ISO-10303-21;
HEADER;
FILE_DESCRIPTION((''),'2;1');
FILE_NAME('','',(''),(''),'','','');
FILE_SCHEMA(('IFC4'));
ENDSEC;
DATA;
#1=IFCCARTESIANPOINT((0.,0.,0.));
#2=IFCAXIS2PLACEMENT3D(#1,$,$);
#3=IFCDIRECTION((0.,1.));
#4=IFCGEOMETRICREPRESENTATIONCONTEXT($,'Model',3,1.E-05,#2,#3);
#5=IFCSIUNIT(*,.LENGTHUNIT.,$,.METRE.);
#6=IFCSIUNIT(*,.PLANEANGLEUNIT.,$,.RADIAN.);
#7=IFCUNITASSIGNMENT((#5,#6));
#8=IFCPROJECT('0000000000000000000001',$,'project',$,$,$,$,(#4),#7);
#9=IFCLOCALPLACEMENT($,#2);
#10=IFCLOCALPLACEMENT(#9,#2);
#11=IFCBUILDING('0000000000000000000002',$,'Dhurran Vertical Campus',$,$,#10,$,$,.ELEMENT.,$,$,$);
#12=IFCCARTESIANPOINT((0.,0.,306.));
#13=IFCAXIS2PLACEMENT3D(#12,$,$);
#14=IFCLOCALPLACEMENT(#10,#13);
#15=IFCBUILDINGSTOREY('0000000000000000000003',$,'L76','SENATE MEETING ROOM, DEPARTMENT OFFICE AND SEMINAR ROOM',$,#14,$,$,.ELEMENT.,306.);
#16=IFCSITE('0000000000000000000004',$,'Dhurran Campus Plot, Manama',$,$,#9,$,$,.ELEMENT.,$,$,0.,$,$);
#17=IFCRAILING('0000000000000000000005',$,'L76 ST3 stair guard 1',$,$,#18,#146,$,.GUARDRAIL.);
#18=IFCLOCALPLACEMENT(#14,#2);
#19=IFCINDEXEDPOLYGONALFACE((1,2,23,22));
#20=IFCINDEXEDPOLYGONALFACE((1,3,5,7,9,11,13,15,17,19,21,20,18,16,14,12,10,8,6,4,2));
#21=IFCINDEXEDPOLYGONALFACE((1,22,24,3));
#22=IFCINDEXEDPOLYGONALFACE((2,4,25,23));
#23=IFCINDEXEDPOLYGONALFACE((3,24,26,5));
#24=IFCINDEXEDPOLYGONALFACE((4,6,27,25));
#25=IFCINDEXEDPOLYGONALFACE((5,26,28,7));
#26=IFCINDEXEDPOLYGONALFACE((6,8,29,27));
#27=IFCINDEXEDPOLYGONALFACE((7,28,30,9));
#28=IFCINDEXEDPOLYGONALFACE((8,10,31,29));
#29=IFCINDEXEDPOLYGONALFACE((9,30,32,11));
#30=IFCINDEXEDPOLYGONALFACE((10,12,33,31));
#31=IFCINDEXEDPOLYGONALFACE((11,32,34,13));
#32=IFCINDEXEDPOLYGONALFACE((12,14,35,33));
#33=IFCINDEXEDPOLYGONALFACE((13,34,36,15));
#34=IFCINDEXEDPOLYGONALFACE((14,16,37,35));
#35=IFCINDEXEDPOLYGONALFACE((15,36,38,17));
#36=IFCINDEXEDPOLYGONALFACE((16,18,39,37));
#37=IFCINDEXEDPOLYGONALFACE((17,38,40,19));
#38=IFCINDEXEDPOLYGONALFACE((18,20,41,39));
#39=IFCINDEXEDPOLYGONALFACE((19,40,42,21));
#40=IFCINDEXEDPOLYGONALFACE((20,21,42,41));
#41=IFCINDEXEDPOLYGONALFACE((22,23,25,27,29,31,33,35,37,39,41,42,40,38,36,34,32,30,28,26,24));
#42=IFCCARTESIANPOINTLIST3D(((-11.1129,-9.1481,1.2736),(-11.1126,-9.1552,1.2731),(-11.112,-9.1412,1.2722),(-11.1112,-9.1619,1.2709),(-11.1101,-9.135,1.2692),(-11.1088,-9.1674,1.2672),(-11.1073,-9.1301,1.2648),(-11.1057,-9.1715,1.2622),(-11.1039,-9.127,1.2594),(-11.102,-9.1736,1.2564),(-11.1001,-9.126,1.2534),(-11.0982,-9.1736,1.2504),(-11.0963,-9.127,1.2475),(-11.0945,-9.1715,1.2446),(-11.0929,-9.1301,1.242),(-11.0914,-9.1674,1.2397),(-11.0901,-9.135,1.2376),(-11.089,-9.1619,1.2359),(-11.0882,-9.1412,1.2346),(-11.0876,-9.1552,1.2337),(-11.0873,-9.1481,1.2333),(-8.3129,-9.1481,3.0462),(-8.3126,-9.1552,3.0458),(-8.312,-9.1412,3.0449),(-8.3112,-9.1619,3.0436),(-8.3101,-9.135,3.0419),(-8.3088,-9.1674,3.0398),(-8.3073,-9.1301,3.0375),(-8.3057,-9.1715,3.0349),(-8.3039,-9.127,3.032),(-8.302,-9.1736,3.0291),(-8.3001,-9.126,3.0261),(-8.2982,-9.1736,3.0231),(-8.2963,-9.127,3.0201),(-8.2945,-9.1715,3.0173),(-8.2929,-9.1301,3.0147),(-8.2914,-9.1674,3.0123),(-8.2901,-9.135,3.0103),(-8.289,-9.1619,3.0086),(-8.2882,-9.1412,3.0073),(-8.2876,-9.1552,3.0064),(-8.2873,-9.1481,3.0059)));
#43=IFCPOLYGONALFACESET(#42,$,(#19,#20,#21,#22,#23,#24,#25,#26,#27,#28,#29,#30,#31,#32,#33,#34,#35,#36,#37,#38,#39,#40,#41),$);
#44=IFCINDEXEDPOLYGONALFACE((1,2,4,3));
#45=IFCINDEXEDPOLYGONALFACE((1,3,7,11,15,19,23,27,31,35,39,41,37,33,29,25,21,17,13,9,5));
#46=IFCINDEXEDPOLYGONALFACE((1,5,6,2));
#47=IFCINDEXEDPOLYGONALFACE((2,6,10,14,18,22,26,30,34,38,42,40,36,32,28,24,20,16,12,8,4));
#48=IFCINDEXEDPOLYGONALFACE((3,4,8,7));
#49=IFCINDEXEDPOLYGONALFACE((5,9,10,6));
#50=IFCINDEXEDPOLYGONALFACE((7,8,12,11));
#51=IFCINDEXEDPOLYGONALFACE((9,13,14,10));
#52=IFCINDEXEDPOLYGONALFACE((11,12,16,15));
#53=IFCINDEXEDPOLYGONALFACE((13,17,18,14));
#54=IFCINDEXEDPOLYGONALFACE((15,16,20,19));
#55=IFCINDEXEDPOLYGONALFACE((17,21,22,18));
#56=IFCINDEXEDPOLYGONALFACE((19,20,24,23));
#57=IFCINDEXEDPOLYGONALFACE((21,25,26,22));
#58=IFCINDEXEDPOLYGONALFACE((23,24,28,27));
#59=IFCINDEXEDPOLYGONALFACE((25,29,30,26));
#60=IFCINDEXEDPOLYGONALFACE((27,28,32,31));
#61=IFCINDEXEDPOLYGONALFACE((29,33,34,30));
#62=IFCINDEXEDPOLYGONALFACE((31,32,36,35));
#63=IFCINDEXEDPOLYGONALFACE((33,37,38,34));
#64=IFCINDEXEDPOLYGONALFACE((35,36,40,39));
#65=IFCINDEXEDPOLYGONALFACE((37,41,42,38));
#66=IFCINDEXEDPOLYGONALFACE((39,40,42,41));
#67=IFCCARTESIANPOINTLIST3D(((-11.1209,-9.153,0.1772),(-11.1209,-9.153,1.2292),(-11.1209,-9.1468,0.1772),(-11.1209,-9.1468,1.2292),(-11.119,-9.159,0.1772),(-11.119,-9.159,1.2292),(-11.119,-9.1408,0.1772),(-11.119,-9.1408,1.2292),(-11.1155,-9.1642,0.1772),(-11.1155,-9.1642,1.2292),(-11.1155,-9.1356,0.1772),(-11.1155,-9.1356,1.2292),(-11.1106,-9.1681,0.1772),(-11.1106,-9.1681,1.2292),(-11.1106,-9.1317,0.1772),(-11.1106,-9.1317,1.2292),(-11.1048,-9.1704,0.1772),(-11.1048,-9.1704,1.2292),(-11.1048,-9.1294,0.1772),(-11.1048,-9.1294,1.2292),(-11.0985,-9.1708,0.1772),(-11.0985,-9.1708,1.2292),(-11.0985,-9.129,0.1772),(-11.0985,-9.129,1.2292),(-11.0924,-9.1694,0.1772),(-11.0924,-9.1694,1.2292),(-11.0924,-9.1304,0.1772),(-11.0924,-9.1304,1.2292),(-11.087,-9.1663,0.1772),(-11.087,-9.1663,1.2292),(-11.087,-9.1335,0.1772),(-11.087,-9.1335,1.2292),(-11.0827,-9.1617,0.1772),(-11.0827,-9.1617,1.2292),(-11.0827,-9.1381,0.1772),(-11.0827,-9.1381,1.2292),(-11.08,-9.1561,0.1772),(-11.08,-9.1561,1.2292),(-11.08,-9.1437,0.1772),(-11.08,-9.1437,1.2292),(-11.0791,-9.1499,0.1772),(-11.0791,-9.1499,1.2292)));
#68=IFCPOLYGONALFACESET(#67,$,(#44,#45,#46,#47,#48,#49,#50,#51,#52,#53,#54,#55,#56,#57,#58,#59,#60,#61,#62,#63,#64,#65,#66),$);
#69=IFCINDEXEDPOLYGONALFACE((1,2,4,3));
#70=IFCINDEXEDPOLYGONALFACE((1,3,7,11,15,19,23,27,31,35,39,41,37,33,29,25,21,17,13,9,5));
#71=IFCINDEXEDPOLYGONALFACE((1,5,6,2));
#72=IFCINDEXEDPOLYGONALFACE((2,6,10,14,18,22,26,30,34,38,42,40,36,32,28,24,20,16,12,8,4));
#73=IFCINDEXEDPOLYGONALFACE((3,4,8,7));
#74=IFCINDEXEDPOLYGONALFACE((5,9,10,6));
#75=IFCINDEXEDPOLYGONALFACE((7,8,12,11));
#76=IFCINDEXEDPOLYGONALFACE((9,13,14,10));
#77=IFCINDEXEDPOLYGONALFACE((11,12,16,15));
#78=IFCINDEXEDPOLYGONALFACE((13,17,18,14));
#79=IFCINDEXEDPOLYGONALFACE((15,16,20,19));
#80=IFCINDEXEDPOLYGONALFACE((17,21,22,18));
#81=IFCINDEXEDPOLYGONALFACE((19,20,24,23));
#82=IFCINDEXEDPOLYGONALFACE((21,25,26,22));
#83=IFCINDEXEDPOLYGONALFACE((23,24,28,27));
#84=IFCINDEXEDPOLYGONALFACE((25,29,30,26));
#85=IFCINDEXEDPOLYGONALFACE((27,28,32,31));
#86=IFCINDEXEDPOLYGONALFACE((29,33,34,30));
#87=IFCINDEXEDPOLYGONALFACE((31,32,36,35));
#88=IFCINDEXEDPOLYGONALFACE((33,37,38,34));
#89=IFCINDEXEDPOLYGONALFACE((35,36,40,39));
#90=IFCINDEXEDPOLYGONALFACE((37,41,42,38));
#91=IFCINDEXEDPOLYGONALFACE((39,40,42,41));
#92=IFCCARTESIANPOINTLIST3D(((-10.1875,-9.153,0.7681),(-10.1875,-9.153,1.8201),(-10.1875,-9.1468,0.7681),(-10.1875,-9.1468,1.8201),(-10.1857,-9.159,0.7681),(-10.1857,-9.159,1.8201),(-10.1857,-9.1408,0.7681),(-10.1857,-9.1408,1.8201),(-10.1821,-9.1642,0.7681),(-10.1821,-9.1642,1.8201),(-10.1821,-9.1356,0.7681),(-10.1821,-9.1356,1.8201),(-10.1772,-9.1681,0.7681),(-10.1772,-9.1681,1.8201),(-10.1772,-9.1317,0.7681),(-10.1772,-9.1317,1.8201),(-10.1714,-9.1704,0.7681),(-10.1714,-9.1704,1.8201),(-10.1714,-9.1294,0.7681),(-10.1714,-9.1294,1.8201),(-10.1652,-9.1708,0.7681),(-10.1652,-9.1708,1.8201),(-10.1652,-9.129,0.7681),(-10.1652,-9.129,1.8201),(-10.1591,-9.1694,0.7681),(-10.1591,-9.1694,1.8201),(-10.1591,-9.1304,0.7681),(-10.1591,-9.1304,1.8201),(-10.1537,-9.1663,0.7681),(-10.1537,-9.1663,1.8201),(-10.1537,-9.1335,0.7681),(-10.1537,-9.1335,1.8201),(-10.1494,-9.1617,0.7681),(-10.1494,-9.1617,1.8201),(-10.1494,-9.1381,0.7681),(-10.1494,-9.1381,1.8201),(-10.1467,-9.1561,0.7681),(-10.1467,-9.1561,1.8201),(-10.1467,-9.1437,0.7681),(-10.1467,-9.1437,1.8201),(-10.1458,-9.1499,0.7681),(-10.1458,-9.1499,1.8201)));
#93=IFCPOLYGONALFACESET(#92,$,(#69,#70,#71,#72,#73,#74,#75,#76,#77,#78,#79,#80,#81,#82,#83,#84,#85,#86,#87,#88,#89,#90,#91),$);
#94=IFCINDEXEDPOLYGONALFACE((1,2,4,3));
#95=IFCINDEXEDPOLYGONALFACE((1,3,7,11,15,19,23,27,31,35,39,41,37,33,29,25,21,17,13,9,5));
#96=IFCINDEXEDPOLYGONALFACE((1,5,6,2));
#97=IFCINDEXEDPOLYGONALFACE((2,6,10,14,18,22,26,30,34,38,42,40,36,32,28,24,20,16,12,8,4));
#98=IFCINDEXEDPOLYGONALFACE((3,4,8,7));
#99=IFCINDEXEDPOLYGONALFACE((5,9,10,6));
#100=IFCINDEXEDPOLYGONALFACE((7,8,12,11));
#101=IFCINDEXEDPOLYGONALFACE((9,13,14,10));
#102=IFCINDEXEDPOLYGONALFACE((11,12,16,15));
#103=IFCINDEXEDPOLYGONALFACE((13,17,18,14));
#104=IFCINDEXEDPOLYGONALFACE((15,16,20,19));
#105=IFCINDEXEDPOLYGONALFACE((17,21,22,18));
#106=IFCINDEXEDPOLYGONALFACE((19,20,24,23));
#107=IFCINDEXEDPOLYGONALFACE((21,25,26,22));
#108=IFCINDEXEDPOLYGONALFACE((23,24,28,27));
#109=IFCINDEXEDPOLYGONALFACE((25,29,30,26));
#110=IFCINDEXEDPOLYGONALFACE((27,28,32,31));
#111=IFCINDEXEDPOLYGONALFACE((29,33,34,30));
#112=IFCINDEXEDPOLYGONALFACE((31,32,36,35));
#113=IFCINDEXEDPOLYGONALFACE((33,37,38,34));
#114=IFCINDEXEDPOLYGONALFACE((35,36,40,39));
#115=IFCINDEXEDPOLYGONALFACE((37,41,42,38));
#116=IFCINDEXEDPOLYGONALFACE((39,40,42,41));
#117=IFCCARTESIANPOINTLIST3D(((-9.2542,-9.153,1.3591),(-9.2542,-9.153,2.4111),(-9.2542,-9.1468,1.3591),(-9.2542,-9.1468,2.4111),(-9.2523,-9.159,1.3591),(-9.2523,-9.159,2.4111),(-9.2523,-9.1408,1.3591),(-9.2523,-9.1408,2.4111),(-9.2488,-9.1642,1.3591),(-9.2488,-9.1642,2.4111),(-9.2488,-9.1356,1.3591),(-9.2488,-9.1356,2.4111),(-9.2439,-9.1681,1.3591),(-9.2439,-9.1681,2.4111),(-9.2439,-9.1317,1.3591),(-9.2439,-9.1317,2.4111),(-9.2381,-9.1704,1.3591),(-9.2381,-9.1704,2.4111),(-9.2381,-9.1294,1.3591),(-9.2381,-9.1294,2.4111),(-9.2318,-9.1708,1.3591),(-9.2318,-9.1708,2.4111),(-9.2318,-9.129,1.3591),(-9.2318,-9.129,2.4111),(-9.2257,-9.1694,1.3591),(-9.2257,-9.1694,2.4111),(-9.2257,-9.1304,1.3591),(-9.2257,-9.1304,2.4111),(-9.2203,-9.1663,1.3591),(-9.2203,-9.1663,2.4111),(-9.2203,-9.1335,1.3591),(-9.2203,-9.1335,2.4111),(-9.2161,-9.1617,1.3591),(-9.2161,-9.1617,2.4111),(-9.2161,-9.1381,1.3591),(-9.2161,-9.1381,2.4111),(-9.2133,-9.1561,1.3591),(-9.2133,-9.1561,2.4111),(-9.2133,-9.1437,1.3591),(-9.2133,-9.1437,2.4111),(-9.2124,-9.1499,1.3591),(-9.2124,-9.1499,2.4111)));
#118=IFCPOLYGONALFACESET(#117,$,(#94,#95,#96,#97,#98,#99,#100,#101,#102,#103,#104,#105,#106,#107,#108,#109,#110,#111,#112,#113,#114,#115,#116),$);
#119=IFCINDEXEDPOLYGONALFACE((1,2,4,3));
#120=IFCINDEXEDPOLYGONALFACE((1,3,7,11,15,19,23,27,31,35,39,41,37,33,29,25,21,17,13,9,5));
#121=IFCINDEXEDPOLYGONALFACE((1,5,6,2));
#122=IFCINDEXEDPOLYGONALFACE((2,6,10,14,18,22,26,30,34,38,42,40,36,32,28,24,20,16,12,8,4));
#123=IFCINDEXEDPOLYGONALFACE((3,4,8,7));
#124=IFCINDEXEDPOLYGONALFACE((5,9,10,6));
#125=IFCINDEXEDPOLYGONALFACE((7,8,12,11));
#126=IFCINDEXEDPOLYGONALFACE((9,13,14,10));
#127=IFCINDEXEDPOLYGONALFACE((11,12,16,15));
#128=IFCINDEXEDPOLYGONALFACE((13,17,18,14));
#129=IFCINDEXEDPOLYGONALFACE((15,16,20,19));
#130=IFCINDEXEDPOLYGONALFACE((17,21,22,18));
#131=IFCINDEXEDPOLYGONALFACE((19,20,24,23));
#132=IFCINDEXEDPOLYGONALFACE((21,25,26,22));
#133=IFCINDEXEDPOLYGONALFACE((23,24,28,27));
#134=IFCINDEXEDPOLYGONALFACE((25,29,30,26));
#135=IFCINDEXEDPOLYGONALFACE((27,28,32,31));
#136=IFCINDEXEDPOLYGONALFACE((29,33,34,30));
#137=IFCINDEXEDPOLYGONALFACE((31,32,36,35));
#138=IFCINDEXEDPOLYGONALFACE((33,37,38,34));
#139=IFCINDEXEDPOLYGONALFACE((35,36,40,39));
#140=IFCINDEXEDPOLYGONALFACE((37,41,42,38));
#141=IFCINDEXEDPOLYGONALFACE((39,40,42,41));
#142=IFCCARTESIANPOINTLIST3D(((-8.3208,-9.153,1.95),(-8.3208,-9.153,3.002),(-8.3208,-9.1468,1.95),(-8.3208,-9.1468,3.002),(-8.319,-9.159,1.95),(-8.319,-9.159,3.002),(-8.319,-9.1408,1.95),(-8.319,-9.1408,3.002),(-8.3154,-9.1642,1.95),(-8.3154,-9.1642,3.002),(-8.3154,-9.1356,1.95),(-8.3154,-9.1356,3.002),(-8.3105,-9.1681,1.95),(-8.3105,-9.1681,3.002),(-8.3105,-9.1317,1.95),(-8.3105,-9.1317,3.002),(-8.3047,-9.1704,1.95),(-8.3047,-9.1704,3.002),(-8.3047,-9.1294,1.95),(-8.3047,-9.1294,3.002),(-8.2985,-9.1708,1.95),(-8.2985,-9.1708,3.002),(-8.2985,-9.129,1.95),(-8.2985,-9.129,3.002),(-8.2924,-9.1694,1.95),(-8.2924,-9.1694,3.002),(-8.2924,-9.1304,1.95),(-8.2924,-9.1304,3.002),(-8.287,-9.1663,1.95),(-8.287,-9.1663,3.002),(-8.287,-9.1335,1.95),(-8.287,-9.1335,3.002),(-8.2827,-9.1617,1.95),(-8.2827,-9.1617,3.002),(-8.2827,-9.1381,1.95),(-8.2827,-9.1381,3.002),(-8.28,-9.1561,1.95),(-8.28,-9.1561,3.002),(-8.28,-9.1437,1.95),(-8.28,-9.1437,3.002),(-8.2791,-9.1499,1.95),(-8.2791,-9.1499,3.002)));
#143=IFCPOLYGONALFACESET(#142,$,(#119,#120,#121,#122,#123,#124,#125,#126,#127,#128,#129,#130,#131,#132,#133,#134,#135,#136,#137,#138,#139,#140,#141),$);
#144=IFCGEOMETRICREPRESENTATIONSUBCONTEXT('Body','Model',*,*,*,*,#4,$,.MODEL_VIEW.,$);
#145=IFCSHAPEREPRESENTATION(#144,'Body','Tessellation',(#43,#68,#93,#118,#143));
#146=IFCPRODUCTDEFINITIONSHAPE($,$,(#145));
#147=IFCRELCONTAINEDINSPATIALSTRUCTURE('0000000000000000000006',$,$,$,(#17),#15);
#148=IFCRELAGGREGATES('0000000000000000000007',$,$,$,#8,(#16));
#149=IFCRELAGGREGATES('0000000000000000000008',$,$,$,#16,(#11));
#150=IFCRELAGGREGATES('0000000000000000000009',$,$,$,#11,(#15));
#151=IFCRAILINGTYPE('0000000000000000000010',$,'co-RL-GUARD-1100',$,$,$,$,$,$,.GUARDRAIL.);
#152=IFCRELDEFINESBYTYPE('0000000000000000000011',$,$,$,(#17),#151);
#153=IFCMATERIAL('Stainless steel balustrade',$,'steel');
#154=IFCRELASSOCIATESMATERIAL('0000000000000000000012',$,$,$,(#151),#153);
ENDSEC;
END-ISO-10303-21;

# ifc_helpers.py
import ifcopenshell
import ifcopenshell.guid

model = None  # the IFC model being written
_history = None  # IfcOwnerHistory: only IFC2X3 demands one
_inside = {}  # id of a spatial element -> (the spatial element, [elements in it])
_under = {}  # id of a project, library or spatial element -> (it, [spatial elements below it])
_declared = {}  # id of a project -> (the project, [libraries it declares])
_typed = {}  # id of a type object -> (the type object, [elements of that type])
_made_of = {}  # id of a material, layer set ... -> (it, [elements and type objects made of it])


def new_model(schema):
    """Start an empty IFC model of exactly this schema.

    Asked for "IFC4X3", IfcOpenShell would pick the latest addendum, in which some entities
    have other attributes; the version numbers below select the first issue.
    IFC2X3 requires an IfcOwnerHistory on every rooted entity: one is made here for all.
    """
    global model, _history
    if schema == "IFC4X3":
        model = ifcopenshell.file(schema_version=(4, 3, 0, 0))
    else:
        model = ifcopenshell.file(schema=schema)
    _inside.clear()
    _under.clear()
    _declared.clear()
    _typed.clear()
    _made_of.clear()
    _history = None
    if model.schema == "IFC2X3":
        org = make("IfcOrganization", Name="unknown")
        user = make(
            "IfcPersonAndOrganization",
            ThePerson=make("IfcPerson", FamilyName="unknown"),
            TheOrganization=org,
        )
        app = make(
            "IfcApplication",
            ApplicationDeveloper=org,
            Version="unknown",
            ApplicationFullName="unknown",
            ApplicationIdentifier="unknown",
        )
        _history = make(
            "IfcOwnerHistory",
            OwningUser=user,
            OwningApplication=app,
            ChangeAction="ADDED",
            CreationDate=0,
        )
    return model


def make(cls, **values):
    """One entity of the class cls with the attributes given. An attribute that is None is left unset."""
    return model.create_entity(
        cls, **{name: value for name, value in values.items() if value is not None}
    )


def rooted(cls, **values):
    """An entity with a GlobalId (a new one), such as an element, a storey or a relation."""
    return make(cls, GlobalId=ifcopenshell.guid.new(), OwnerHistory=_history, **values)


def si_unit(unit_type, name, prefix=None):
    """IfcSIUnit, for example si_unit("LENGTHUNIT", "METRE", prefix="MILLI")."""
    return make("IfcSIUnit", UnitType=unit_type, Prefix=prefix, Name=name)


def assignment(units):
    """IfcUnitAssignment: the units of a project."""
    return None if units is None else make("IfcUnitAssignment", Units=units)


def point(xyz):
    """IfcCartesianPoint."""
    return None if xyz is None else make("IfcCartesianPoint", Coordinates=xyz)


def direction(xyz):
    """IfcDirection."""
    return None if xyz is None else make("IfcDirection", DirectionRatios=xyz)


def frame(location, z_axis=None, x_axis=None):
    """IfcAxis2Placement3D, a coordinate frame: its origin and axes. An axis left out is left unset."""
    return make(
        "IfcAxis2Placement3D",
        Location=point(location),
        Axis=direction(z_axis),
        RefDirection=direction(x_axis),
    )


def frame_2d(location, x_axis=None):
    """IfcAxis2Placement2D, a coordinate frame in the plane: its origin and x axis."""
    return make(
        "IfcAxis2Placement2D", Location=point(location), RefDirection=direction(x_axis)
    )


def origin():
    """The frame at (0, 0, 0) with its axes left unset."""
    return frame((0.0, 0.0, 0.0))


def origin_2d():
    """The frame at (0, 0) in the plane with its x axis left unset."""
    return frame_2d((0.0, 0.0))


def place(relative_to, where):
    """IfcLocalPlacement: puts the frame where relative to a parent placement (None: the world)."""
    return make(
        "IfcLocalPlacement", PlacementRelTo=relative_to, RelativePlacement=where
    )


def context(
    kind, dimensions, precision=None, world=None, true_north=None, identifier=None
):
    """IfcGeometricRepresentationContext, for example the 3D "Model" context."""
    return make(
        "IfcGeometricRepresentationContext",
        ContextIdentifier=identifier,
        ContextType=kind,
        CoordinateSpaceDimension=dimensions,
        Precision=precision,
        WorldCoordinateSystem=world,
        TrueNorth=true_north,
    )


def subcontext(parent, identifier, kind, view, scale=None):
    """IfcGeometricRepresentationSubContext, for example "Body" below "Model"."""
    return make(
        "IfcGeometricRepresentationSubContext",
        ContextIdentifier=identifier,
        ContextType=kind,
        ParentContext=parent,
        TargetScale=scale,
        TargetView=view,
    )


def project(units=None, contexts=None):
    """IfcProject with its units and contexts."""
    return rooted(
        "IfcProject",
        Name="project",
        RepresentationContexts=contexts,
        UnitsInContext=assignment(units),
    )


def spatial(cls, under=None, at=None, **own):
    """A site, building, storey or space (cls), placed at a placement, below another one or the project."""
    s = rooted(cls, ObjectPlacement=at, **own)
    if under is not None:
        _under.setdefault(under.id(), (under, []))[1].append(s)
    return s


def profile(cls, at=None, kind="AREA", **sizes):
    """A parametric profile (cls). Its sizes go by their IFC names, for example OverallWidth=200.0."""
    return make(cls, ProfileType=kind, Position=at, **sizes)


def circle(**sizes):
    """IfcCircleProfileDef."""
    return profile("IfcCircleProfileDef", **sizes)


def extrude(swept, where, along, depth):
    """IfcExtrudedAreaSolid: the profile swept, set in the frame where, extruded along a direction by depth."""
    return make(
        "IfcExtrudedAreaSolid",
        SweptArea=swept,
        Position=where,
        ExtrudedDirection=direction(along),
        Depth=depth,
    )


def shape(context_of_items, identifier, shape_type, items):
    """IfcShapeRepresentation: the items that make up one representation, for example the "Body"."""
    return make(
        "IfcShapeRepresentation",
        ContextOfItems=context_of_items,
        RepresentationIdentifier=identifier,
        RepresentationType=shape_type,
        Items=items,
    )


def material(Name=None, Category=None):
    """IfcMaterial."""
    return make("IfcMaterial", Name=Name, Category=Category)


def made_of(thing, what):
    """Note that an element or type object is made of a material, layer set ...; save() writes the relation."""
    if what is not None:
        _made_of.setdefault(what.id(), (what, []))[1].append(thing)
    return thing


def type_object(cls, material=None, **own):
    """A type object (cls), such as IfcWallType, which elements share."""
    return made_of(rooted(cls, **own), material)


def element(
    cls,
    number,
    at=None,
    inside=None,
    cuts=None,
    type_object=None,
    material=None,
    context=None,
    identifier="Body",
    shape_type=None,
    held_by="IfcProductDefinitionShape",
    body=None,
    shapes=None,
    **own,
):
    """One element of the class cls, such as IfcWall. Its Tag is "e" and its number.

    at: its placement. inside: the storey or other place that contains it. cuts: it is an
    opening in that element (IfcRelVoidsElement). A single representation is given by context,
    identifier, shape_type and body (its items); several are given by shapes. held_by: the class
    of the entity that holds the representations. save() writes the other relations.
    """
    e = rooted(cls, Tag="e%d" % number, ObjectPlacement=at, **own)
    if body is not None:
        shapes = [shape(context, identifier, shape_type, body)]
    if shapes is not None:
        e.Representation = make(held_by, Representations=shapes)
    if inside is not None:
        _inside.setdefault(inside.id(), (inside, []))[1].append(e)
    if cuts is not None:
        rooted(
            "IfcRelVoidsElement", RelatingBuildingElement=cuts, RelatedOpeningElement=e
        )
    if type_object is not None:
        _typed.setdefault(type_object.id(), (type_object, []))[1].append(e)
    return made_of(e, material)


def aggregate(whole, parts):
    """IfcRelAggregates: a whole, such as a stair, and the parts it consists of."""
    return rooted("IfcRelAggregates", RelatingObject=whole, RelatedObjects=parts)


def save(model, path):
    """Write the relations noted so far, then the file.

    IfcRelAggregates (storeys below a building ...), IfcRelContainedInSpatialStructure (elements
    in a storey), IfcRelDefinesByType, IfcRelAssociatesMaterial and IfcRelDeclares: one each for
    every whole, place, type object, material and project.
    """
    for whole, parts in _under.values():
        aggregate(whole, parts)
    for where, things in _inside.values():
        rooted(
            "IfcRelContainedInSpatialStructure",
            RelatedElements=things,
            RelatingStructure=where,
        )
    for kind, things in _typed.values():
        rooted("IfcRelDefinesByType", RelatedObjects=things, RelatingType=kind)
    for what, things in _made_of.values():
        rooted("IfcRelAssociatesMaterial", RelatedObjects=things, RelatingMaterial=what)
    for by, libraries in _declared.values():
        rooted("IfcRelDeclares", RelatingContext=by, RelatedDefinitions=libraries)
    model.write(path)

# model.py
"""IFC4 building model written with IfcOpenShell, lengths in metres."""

from ifc_helpers import new_model, si_unit, direction, frame, origin, origin_2d, place, context, subcontext, project, spatial, circle, extrude, material, type_object, element, save


model = new_model("IFC4")

# Units and contexts
model_context = context("Model", 3, precision=1e-05, world=origin(), true_north=direction((0.0, 1.0)))
body_context = subcontext(model_context, "Body", "Model", "MODEL_VIEW")
ifc_project = project(units=[si_unit("LENGTHUNIT", "METRE"), si_unit("PLANEANGLEUNIT", "RADIAN")], contexts=[model_context])

# Site, building, storey
site_placement = place(None, origin())
site = spatial("IfcSite", under=ifc_project, at=site_placement, Name="Dhurran Campus Plot, Manama", CompositionType="ELEMENT", RefElevation=0.0)
building_placement = place(site_placement, origin())
building = spatial("IfcBuilding", under=site, at=building_placement, Name="Dhurran Vertical Campus", CompositionType="ELEMENT")
storey_placement = place(building_placement, frame((0.0, 0.0, 306.0)))
storey = spatial("IfcBuildingStorey", under=building, at=storey_placement, Name="L76", Description="SENATE MEETING ROOM, DEPARTMENT OFFICE AND SEMINAR ROOM", CompositionType="ELEMENT", Elevation=306.0)

# Railing
ifc_material_1 = material(Name="Stainless steel balustrade", Category="steel")
railing_type_1 = type_object("IfcRailingType", Name="co-RL-GUARD-1100", PredefinedType="GUARDRAIL", material=ifc_material_1)
railing_1_placement = place(storey_placement, frame((-11.1001, -9.1499, 0.1772)))
element("IfcRailing", 1, at=railing_1_placement, inside=storey, type_object=railing_type_1, Name="L76 ST3 stair guard 1", PredefinedType="GUARDRAIL", context=body_context, shape_type="SweptSolid", body=[
    extrude(circle(Radius=0.0239, at=origin_2d()), frame((0.0, 0.0, 1.0762), z_axis=(0.844909, 0.0, 0.53491), x_axis=(0.0, 1.0, 0.0)), (0.0, 0.0, 1.0), 3.314),
    extrude(circle(Radius=0.021, at=origin_2d()), origin(), (0.0, 0.0, 1.0), 1.052),
    extrude(circle(Radius=0.021, at=origin_2d()), frame((0.9333, 0.0, 0.5908)), (0.0, 0.0, 1.0), 1.052),
    extrude(circle(Radius=0.021, at=origin_2d()), frame((1.8667, 0.0, 1.1819)), (0.0, 0.0, 1.0), 1.052),
    extrude(circle(Radius=0.021, at=origin_2d()), frame((2.8, 0.0, 1.7727)), (0.0, 0.0, 1.0), 1.052),
])

save(model, "model.ifc")
